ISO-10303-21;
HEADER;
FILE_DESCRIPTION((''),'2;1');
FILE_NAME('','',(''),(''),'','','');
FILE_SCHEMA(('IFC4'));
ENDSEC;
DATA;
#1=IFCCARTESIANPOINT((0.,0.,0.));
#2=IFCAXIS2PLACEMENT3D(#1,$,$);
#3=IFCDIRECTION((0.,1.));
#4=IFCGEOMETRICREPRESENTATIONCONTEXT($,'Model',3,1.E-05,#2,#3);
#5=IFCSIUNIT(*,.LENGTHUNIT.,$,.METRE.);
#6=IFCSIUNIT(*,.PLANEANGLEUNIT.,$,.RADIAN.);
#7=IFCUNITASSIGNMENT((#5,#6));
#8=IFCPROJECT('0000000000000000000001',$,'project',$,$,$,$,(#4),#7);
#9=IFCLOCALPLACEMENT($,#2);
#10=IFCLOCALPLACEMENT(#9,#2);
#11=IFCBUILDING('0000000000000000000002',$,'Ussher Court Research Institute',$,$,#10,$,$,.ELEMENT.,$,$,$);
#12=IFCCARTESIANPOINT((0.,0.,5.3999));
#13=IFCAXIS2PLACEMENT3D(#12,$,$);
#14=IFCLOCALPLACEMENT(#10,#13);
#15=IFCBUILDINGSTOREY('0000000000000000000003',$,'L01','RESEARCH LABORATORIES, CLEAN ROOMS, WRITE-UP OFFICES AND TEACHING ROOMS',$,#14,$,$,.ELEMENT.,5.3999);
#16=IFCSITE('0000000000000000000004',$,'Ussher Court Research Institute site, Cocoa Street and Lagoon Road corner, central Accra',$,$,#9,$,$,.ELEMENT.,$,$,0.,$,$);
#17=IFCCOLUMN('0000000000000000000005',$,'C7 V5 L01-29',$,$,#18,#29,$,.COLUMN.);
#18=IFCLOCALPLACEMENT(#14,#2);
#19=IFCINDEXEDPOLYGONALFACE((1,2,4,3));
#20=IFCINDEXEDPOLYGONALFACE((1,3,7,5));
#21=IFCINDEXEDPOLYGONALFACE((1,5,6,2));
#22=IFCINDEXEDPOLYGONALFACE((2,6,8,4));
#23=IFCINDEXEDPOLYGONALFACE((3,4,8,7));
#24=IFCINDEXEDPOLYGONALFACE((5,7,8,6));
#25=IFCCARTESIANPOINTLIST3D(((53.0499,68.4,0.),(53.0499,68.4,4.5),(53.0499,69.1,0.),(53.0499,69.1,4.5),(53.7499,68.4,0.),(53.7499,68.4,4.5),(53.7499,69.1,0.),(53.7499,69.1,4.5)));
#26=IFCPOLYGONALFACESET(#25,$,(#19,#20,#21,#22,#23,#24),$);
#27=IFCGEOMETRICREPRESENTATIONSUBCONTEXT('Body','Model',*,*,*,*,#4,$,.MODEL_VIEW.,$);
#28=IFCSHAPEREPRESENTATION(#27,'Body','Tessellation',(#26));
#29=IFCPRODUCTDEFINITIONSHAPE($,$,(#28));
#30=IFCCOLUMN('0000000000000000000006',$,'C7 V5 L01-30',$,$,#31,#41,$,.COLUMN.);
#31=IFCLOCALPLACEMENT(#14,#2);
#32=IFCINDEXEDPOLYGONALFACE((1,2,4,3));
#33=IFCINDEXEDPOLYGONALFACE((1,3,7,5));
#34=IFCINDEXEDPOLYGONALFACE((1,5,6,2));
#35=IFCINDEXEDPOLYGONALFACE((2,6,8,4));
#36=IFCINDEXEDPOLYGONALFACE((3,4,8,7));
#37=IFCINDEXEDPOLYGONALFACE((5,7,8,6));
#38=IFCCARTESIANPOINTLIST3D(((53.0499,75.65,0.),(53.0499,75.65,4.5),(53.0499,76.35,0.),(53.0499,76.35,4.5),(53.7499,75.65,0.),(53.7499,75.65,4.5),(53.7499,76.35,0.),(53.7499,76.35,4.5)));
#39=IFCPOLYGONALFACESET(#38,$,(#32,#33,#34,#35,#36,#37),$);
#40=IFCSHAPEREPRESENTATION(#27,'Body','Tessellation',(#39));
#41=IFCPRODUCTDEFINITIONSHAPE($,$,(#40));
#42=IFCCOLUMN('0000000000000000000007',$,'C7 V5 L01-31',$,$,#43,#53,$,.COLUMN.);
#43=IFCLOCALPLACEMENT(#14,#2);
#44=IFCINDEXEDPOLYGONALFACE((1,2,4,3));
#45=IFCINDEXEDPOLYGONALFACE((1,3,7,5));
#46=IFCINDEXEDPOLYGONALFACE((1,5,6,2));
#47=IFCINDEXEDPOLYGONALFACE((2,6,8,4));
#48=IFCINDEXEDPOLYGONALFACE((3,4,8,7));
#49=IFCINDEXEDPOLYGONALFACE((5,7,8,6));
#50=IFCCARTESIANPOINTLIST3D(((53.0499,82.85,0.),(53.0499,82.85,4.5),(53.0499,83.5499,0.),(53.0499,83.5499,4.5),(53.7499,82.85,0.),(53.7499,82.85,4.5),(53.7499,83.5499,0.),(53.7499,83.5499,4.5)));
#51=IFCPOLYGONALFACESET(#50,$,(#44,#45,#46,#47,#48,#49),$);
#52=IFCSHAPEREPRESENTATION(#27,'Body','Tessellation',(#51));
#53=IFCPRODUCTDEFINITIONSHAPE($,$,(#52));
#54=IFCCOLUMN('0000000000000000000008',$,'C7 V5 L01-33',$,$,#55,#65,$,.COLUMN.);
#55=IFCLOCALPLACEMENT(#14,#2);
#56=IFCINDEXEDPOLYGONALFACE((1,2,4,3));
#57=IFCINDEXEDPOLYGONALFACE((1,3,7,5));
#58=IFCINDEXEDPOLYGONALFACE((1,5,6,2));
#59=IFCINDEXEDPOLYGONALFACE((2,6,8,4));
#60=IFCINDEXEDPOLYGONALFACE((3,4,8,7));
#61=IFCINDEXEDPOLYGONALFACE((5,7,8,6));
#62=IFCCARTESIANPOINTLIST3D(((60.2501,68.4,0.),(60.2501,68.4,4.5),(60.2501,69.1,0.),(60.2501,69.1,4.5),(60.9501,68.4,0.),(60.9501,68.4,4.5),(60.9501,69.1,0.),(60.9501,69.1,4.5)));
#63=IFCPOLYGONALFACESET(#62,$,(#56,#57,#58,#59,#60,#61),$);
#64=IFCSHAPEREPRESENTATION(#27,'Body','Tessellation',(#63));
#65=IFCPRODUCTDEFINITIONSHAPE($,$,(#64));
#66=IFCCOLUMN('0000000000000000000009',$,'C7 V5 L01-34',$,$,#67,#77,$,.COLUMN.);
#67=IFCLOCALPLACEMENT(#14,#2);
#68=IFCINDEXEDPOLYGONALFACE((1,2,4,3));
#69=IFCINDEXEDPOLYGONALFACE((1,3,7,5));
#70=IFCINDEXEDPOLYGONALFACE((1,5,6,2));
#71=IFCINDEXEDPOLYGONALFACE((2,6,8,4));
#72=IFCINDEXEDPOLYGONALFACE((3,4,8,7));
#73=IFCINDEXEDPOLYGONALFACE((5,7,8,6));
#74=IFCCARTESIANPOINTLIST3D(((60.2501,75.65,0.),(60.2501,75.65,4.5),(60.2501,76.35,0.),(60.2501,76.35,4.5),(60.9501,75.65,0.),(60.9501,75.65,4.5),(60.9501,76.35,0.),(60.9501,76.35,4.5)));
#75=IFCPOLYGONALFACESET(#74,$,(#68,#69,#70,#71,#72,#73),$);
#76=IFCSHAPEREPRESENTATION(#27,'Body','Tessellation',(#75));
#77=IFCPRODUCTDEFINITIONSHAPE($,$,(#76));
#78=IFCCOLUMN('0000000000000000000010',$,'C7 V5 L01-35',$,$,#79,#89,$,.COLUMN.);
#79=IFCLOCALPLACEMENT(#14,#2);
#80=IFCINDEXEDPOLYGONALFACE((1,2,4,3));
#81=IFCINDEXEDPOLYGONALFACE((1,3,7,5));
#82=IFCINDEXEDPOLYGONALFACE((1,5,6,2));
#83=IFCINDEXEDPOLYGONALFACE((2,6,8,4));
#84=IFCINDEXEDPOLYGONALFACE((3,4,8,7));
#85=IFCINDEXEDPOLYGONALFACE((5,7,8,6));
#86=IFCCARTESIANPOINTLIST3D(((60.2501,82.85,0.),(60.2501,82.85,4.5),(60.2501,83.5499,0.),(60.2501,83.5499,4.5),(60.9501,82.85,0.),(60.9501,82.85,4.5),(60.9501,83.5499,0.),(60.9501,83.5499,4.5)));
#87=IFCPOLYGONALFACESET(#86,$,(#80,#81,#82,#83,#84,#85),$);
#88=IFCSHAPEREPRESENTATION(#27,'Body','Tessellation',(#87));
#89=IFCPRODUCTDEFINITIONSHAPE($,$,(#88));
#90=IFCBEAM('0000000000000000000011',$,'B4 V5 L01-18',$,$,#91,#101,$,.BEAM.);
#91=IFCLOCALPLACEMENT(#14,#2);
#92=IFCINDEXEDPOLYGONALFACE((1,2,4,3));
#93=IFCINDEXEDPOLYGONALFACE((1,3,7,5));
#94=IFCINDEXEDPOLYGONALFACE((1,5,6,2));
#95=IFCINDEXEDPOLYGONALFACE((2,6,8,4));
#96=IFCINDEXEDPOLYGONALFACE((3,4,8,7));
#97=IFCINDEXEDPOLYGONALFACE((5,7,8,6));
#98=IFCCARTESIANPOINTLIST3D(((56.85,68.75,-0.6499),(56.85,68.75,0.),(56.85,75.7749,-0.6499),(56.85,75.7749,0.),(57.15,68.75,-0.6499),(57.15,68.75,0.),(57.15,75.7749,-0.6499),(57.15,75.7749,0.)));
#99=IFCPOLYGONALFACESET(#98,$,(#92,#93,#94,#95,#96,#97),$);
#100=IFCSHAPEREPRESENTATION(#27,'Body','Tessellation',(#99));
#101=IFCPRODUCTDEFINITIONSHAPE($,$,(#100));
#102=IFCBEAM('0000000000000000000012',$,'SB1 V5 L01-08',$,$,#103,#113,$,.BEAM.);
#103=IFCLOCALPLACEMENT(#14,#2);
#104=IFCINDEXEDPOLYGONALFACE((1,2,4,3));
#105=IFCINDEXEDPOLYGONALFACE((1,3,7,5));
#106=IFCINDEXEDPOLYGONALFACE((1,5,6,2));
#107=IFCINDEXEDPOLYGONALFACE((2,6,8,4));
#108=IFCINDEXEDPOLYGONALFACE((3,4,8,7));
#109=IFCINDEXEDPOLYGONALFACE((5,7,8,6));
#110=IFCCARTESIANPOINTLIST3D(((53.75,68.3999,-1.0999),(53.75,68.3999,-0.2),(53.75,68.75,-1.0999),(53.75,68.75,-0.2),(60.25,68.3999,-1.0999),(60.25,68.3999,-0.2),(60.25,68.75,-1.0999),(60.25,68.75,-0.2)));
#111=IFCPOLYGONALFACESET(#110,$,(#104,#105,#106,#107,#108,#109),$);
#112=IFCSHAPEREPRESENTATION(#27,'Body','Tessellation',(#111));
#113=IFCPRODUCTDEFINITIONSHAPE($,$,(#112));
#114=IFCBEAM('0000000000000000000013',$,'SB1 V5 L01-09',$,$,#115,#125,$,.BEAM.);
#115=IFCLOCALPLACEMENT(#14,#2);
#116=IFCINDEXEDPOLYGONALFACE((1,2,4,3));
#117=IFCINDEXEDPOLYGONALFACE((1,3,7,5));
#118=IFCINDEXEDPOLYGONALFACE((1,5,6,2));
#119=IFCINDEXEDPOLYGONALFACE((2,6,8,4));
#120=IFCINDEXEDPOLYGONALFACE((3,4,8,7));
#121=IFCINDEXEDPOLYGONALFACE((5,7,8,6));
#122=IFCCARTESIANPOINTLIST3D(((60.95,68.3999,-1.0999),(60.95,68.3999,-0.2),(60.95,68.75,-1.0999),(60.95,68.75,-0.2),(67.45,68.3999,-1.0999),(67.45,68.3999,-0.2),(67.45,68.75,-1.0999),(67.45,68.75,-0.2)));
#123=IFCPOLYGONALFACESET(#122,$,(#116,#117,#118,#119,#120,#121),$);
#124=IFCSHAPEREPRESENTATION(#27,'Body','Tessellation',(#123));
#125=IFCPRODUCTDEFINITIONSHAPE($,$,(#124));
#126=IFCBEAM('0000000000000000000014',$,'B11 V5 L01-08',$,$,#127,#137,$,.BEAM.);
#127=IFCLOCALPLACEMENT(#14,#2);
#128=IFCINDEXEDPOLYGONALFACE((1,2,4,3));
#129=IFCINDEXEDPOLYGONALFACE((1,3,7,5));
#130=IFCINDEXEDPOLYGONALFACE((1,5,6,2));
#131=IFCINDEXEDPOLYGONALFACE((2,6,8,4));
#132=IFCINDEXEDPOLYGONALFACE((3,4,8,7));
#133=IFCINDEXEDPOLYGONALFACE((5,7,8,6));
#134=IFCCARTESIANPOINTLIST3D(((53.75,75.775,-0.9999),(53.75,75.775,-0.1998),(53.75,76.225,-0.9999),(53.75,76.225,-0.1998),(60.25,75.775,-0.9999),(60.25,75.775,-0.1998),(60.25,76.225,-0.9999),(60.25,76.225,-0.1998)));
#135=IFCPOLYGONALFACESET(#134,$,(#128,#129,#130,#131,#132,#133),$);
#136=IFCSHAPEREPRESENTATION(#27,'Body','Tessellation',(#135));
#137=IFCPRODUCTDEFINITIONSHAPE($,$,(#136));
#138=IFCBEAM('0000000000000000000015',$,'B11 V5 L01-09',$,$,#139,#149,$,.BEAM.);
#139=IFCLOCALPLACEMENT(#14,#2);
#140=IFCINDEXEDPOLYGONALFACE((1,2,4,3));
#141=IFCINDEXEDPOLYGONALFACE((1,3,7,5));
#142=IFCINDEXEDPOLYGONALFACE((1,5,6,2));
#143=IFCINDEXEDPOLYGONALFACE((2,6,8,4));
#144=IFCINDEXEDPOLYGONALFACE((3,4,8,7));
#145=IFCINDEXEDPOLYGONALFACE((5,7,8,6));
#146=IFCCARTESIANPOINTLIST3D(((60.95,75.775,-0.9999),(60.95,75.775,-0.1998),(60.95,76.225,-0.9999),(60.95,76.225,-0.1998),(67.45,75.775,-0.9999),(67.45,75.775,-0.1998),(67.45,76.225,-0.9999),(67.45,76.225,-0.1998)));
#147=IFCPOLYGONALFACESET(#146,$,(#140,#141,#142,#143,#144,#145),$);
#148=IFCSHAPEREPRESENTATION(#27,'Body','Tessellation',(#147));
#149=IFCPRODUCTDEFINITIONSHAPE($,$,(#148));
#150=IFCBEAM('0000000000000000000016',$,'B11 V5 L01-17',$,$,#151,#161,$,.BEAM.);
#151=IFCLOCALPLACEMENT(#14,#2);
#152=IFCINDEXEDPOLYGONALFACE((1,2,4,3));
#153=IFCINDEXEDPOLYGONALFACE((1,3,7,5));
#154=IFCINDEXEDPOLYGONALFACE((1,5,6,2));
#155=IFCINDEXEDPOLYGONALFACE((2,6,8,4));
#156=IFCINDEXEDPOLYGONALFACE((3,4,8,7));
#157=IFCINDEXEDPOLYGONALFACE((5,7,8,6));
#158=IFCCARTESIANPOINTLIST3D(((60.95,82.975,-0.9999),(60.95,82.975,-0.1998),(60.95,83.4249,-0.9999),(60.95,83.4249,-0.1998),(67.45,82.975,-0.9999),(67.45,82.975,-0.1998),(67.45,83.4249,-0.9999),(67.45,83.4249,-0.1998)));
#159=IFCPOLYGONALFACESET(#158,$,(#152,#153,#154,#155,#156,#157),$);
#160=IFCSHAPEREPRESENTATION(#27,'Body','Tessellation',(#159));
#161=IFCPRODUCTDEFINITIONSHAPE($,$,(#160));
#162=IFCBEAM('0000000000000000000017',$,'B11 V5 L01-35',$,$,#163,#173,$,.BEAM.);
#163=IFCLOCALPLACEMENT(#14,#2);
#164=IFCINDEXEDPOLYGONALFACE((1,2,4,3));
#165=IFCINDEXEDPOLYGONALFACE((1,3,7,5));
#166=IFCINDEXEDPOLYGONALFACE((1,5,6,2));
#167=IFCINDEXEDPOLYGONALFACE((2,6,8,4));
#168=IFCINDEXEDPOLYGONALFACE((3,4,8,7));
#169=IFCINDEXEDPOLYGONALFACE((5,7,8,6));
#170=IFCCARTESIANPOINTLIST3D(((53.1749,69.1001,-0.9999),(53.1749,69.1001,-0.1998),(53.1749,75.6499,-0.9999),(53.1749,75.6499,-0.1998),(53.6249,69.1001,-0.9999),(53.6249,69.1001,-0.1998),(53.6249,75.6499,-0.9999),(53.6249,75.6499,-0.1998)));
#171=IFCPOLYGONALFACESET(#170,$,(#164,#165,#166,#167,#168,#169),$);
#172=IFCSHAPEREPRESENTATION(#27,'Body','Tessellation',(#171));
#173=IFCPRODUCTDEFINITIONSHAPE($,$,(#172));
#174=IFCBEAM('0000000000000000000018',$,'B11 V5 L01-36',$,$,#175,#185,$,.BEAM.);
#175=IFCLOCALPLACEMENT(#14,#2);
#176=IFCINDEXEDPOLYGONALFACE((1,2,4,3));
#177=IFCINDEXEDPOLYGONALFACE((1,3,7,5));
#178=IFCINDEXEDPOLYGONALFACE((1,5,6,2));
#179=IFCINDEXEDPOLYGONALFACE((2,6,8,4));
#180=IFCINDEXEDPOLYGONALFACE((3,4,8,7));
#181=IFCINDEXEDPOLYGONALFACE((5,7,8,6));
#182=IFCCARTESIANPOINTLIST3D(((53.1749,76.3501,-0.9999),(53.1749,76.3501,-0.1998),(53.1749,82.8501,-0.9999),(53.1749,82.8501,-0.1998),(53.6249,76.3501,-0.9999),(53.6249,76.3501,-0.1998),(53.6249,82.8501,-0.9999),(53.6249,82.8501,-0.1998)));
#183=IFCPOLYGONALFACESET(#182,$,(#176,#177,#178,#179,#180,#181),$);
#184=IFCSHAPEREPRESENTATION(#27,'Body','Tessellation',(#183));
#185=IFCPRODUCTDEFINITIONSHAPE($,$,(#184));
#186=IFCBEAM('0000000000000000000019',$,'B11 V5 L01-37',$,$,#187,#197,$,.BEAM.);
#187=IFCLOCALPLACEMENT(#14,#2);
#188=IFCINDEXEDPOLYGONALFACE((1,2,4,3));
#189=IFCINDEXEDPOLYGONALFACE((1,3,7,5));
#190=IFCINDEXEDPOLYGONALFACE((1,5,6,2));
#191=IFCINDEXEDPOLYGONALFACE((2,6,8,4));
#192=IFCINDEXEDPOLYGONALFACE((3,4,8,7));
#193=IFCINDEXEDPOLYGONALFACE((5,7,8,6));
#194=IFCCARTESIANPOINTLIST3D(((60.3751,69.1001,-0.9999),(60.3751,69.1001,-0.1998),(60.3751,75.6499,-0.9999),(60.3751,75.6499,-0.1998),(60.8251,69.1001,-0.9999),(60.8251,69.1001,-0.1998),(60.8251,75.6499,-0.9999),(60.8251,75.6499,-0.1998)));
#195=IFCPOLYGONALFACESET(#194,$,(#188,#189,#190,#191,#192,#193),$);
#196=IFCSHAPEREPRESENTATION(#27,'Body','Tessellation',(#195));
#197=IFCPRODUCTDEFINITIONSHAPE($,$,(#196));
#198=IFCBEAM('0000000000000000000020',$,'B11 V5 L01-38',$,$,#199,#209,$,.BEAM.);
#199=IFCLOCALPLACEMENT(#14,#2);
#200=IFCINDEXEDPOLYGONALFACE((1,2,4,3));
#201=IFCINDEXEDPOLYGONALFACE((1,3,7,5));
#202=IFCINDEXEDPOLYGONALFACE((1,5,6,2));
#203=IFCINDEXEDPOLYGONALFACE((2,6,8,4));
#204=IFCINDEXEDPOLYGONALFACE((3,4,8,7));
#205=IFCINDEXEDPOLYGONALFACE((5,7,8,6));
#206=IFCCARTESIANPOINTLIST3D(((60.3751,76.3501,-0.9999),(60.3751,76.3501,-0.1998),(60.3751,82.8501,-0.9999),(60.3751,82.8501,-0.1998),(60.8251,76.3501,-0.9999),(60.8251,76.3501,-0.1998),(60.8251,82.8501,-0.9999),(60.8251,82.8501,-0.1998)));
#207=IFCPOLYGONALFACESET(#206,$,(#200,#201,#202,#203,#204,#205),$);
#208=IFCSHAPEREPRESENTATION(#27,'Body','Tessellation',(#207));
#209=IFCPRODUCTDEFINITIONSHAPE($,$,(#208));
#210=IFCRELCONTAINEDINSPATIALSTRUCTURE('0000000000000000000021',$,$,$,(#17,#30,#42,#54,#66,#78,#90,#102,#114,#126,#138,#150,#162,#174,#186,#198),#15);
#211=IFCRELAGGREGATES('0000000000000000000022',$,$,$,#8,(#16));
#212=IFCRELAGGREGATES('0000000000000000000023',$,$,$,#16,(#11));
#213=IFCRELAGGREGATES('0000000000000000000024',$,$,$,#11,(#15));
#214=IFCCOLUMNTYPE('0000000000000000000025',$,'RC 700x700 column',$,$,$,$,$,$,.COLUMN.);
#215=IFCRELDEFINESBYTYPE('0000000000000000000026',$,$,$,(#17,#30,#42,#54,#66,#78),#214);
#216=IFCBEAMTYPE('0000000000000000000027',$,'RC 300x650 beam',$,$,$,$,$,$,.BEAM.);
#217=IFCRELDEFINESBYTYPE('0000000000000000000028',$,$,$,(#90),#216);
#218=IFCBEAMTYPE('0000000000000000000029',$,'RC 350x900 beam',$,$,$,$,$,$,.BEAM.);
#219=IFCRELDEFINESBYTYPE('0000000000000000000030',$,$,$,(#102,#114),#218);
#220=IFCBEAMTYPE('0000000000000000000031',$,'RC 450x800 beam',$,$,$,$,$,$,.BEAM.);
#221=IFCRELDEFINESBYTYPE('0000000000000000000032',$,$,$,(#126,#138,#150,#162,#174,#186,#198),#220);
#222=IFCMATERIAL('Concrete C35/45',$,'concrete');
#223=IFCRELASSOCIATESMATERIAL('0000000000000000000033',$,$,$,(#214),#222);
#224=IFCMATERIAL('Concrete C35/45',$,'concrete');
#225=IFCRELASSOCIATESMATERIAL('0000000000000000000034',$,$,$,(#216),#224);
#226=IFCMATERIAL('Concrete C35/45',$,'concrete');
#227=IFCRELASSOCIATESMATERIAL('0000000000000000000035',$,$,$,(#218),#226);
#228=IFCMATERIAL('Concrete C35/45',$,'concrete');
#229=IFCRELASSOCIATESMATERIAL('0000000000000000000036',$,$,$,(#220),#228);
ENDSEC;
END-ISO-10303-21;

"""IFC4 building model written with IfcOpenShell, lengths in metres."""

from ifc_helpers import new_model, si_unit, direction, frame, origin, origin_2d, place, context, subcontext, project, spatial, rectangle, extrude, material, material_profile, profile_set, type_object, element, save


model = new_model("IFC4")

# Units and contexts
model_context = context("Model", 3, precision=1e-05, world=origin(), true_north=direction((0.0, 1.0)))
body_context = subcontext(model_context, "Body", "Model", "MODEL_VIEW")
ifc_project = project(units=[si_unit("LENGTHUNIT", "METRE"), si_unit("PLANEANGLEUNIT", "RADIAN")], contexts=[model_context])

# Site, building, storey
site_placement = place(None, origin())
site = spatial("IfcSite", under=ifc_project, at=site_placement, Name="Ussher Court Research Institute site, Cocoa Street and Lagoon Road corner, central Accra", CompositionType="ELEMENT", RefElevation=0.0)
building_placement = place(site_placement, origin())
building = spatial("IfcBuilding", under=site, at=building_placement, Name="Ussher Court Research Institute", CompositionType="ELEMENT")
storey_placement = place(building_placement, frame((0.0, 0.0, 5.3999)))
storey = spatial("IfcBuildingStorey", under=building, at=storey_placement, Name="L01", Description="RESEARCH LABORATORIES, CLEAN ROOMS, WRITE-UP OFFICES AND TEACHING ROOMS", CompositionType="ELEMENT", Elevation=5.3999)

# Columns
ifc_material_1 = material(Name="Concrete C35/45", Category="concrete")
ifc_material_profile_1 = material_profile(ifc_material_1, rectangle(XDim=0.7, YDim=0.7, at=origin_2d()), Name="RC 700x700")
ifc_profile_set_1 = profile_set([ifc_material_profile_1], Name="Concrete C35/45")
column_type = type_object("IfcColumnType", Name="RC 700x700 column", PredefinedType="COLUMN", material=ifc_profile_set_1)
for number, where, z_axis, x_axis, name in (
    (1, (53.3999, 68.75, 0.0), (0.0, 0.0, 1.0), (1.0, 0.0, 0.0), "C7 V5 L01-29"),
    (2, (53.3999, 76.0, 0.0), (0.0, 0.0, 1.0), (1.0, 0.0, 0.0), "C7 V5 L01-30"),
    (3, (53.3999, 83.2, 0.0), (0.0, 0.0, 1.0), (1.0, 0.0, 0.0), "C7 V5 L01-31"),
    (4, (60.6001, 68.75, 0.0), (0.0, 0.0, 1.0), (1.0, 0.0, 0.0), "C7 V5 L01-33"),
    (5, (60.6001, 76.0, 0.0), (0.0, 0.0, 1.0), (1.0, 0.0, 0.0), "C7 V5 L01-34"),
    (6, (60.6001, 83.2, 0.0), (0.0, 0.0, 1.0), (1.0, 0.0, 0.0), "C7 V5 L01-35"),
):
    element("IfcColumn", number, at=place(storey_placement, frame(where, z_axis=z_axis, x_axis=x_axis)), inside=storey, type_object=column_type, Name=name, PredefinedType="COLUMN", context=body_context, shape_type="SweptSolid", body=[
        extrude(rectangle(XDim=0.7, YDim=0.7, at=origin_2d()), origin(), (0.0, 0.0, 1.0), 4.5),
    ])

# Beams
ifc_material_2 = material(Name="Concrete C35/45", Category="concrete")
ifc_material_profile_2 = material_profile(ifc_material_2, rectangle(XDim=0.3, YDim=0.6499, at=origin_2d()), Name="RC 300x650")
ifc_profile_set_2 = profile_set([ifc_material_profile_2], Name="Concrete C35/45")
beam_type_1 = type_object("IfcBeamType", Name="RC 300x650 beam", PredefinedType="BEAM", material=ifc_profile_set_2)
beam_1_placement = place(storey_placement, frame((57.0, 68.75, -0.325), z_axis=(0.0, 1.0, 0.0), x_axis=(-1.0, 0.0, 0.0)))
element("IfcBeam", 7, at=beam_1_placement, inside=storey, type_object=beam_type_1, Name="B4 V5 L01-18", PredefinedType="BEAM", context=body_context, shape_type="SweptSolid", body=[
    extrude(rectangle(XDim=0.3, YDim=0.6499, at=origin_2d()), origin(), (0.0, 0.0, 1.0), 7.0249),
])
ifc_material_3 = material(Name="Concrete C35/45", Category="concrete")
ifc_material_profile_3 = material_profile(ifc_material_3, rectangle(XDim=0.3501, YDim=0.8999, at=origin_2d()), Name="RC 350x900")
ifc_profile_set_3 = profile_set([ifc_material_profile_3], Name="Concrete C35/45")
beam_type_2 = type_object("IfcBeamType", Name="RC 350x900 beam", PredefinedType="BEAM", material=ifc_profile_set_3)
for number, where, z_axis, x_axis, name in (
    (8, (53.75, 68.575, -0.6499), (1.0, 0.0, 0.0), (0.0, 1.0, 0.0), "SB1 V5 L01-08"),
    (9, (60.95, 68.575, -0.6499), (1.0, 0.0, 0.0), (0.0, 1.0, 0.0), "SB1 V5 L01-09"),
):
    element("IfcBeam", number, at=place(storey_placement, frame(where, z_axis=z_axis, x_axis=x_axis)), inside=storey, type_object=beam_type_2, Name=name, PredefinedType="BEAM", context=body_context, shape_type="SweptSolid", body=[
        extrude(rectangle(XDim=0.3501, YDim=0.8999, at=origin_2d()), origin(), (0.0, 0.0, 1.0), 6.5),
    ])
ifc_material_4 = material(Name="Concrete C35/45", Category="concrete")
ifc_material_profile_4 = material_profile(ifc_material_4, rectangle(XDim=0.45, YDim=0.8, at=origin_2d()), Name="RC 450x800")
ifc_profile_set_4 = profile_set([ifc_material_profile_4], Name="Concrete C35/45")
beam_type_3 = type_object("IfcBeamType", Name="RC 450x800 beam", PredefinedType="BEAM", material=ifc_profile_set_4)
for number, where, z_axis, x_axis, name in (
    (10, (53.75, 76.0, -0.5999), (1.0, 0.0, 0.0), (0.0, 1.0, 0.0), "B11 V5 L01-08"),
    (11, (60.95, 76.0, -0.5999), (1.0, 0.0, 0.0), (0.0, 1.0, 0.0), "B11 V5 L01-09"),
    (12, (60.95, 83.2, -0.5999), (1.0, 0.0, 0.0), (0.0, 1.0, 0.0), "B11 V5 L01-17"),
):
    element("IfcBeam", number, at=place(storey_placement, frame(where, z_axis=z_axis, x_axis=x_axis)), inside=storey, type_object=beam_type_3, Name=name, PredefinedType="BEAM", context=body_context, shape_type="SweptSolid", body=[
        extrude(rectangle(XDim=0.45, YDim=0.8, at=origin_2d()), origin(), (0.0, 0.0, 1.0), 6.5),
    ])
beam_2_placement = place(storey_placement, frame((53.3999, 69.1001, -0.5999), z_axis=(0.0, 1.0, 0.0), x_axis=(-1.0, 0.0, 0.0)))
element("IfcBeam", 13, at=beam_2_placement, inside=storey, type_object=beam_type_3, Name="B11 V5 L01-35", PredefinedType="BEAM", context=body_context, shape_type="SweptSolid", body=[
    extrude(rectangle(XDim=0.45, YDim=0.8, at=origin_2d()), origin(), (0.0, 0.0, 1.0), 6.5498),
])
beam_3_placement = place(storey_placement, frame((53.3999, 76.3501, -0.5999), z_axis=(0.0, 1.0, 0.0), x_axis=(-1.0, 0.0, 0.0)))
element("IfcBeam", 14, at=beam_3_placement, inside=storey, type_object=beam_type_3, Name="B11 V5 L01-36", PredefinedType="BEAM", context=body_context, shape_type="SweptSolid", body=[
    extrude(rectangle(XDim=0.45, YDim=0.8, at=origin_2d()), origin(), (0.0, 0.0, 1.0), 6.5),
])
beam_4_placement = place(storey_placement, frame((60.6001, 69.1001, -0.5999), z_axis=(0.0, 1.0, 0.0), x_axis=(-1.0, 0.0, 0.0)))
element("IfcBeam", 15, at=beam_4_placement, inside=storey, type_object=beam_type_3, Name="B11 V5 L01-37", PredefinedType="BEAM", context=body_context, shape_type="SweptSolid", body=[
    extrude(rectangle(XDim=0.45, YDim=0.8, at=origin_2d()), origin(), (0.0, 0.0, 1.0), 6.5498),
])
beam_5_placement = place(storey_placement, frame((60.6001, 76.3501, -0.5999), z_axis=(0.0, 1.0, 0.0), x_axis=(-1.0, 0.0, 0.0)))
element("IfcBeam", 16, at=beam_5_placement, inside=storey, type_object=beam_type_3, Name="B11 V5 L01-38", PredefinedType="BEAM", context=body_context, shape_type="SweptSolid", body=[
    extrude(rectangle(XDim=0.45, YDim=0.8, at=origin_2d()), origin(), (0.0, 0.0, 1.0), 6.5),
])

save(model, "model.ifc")
